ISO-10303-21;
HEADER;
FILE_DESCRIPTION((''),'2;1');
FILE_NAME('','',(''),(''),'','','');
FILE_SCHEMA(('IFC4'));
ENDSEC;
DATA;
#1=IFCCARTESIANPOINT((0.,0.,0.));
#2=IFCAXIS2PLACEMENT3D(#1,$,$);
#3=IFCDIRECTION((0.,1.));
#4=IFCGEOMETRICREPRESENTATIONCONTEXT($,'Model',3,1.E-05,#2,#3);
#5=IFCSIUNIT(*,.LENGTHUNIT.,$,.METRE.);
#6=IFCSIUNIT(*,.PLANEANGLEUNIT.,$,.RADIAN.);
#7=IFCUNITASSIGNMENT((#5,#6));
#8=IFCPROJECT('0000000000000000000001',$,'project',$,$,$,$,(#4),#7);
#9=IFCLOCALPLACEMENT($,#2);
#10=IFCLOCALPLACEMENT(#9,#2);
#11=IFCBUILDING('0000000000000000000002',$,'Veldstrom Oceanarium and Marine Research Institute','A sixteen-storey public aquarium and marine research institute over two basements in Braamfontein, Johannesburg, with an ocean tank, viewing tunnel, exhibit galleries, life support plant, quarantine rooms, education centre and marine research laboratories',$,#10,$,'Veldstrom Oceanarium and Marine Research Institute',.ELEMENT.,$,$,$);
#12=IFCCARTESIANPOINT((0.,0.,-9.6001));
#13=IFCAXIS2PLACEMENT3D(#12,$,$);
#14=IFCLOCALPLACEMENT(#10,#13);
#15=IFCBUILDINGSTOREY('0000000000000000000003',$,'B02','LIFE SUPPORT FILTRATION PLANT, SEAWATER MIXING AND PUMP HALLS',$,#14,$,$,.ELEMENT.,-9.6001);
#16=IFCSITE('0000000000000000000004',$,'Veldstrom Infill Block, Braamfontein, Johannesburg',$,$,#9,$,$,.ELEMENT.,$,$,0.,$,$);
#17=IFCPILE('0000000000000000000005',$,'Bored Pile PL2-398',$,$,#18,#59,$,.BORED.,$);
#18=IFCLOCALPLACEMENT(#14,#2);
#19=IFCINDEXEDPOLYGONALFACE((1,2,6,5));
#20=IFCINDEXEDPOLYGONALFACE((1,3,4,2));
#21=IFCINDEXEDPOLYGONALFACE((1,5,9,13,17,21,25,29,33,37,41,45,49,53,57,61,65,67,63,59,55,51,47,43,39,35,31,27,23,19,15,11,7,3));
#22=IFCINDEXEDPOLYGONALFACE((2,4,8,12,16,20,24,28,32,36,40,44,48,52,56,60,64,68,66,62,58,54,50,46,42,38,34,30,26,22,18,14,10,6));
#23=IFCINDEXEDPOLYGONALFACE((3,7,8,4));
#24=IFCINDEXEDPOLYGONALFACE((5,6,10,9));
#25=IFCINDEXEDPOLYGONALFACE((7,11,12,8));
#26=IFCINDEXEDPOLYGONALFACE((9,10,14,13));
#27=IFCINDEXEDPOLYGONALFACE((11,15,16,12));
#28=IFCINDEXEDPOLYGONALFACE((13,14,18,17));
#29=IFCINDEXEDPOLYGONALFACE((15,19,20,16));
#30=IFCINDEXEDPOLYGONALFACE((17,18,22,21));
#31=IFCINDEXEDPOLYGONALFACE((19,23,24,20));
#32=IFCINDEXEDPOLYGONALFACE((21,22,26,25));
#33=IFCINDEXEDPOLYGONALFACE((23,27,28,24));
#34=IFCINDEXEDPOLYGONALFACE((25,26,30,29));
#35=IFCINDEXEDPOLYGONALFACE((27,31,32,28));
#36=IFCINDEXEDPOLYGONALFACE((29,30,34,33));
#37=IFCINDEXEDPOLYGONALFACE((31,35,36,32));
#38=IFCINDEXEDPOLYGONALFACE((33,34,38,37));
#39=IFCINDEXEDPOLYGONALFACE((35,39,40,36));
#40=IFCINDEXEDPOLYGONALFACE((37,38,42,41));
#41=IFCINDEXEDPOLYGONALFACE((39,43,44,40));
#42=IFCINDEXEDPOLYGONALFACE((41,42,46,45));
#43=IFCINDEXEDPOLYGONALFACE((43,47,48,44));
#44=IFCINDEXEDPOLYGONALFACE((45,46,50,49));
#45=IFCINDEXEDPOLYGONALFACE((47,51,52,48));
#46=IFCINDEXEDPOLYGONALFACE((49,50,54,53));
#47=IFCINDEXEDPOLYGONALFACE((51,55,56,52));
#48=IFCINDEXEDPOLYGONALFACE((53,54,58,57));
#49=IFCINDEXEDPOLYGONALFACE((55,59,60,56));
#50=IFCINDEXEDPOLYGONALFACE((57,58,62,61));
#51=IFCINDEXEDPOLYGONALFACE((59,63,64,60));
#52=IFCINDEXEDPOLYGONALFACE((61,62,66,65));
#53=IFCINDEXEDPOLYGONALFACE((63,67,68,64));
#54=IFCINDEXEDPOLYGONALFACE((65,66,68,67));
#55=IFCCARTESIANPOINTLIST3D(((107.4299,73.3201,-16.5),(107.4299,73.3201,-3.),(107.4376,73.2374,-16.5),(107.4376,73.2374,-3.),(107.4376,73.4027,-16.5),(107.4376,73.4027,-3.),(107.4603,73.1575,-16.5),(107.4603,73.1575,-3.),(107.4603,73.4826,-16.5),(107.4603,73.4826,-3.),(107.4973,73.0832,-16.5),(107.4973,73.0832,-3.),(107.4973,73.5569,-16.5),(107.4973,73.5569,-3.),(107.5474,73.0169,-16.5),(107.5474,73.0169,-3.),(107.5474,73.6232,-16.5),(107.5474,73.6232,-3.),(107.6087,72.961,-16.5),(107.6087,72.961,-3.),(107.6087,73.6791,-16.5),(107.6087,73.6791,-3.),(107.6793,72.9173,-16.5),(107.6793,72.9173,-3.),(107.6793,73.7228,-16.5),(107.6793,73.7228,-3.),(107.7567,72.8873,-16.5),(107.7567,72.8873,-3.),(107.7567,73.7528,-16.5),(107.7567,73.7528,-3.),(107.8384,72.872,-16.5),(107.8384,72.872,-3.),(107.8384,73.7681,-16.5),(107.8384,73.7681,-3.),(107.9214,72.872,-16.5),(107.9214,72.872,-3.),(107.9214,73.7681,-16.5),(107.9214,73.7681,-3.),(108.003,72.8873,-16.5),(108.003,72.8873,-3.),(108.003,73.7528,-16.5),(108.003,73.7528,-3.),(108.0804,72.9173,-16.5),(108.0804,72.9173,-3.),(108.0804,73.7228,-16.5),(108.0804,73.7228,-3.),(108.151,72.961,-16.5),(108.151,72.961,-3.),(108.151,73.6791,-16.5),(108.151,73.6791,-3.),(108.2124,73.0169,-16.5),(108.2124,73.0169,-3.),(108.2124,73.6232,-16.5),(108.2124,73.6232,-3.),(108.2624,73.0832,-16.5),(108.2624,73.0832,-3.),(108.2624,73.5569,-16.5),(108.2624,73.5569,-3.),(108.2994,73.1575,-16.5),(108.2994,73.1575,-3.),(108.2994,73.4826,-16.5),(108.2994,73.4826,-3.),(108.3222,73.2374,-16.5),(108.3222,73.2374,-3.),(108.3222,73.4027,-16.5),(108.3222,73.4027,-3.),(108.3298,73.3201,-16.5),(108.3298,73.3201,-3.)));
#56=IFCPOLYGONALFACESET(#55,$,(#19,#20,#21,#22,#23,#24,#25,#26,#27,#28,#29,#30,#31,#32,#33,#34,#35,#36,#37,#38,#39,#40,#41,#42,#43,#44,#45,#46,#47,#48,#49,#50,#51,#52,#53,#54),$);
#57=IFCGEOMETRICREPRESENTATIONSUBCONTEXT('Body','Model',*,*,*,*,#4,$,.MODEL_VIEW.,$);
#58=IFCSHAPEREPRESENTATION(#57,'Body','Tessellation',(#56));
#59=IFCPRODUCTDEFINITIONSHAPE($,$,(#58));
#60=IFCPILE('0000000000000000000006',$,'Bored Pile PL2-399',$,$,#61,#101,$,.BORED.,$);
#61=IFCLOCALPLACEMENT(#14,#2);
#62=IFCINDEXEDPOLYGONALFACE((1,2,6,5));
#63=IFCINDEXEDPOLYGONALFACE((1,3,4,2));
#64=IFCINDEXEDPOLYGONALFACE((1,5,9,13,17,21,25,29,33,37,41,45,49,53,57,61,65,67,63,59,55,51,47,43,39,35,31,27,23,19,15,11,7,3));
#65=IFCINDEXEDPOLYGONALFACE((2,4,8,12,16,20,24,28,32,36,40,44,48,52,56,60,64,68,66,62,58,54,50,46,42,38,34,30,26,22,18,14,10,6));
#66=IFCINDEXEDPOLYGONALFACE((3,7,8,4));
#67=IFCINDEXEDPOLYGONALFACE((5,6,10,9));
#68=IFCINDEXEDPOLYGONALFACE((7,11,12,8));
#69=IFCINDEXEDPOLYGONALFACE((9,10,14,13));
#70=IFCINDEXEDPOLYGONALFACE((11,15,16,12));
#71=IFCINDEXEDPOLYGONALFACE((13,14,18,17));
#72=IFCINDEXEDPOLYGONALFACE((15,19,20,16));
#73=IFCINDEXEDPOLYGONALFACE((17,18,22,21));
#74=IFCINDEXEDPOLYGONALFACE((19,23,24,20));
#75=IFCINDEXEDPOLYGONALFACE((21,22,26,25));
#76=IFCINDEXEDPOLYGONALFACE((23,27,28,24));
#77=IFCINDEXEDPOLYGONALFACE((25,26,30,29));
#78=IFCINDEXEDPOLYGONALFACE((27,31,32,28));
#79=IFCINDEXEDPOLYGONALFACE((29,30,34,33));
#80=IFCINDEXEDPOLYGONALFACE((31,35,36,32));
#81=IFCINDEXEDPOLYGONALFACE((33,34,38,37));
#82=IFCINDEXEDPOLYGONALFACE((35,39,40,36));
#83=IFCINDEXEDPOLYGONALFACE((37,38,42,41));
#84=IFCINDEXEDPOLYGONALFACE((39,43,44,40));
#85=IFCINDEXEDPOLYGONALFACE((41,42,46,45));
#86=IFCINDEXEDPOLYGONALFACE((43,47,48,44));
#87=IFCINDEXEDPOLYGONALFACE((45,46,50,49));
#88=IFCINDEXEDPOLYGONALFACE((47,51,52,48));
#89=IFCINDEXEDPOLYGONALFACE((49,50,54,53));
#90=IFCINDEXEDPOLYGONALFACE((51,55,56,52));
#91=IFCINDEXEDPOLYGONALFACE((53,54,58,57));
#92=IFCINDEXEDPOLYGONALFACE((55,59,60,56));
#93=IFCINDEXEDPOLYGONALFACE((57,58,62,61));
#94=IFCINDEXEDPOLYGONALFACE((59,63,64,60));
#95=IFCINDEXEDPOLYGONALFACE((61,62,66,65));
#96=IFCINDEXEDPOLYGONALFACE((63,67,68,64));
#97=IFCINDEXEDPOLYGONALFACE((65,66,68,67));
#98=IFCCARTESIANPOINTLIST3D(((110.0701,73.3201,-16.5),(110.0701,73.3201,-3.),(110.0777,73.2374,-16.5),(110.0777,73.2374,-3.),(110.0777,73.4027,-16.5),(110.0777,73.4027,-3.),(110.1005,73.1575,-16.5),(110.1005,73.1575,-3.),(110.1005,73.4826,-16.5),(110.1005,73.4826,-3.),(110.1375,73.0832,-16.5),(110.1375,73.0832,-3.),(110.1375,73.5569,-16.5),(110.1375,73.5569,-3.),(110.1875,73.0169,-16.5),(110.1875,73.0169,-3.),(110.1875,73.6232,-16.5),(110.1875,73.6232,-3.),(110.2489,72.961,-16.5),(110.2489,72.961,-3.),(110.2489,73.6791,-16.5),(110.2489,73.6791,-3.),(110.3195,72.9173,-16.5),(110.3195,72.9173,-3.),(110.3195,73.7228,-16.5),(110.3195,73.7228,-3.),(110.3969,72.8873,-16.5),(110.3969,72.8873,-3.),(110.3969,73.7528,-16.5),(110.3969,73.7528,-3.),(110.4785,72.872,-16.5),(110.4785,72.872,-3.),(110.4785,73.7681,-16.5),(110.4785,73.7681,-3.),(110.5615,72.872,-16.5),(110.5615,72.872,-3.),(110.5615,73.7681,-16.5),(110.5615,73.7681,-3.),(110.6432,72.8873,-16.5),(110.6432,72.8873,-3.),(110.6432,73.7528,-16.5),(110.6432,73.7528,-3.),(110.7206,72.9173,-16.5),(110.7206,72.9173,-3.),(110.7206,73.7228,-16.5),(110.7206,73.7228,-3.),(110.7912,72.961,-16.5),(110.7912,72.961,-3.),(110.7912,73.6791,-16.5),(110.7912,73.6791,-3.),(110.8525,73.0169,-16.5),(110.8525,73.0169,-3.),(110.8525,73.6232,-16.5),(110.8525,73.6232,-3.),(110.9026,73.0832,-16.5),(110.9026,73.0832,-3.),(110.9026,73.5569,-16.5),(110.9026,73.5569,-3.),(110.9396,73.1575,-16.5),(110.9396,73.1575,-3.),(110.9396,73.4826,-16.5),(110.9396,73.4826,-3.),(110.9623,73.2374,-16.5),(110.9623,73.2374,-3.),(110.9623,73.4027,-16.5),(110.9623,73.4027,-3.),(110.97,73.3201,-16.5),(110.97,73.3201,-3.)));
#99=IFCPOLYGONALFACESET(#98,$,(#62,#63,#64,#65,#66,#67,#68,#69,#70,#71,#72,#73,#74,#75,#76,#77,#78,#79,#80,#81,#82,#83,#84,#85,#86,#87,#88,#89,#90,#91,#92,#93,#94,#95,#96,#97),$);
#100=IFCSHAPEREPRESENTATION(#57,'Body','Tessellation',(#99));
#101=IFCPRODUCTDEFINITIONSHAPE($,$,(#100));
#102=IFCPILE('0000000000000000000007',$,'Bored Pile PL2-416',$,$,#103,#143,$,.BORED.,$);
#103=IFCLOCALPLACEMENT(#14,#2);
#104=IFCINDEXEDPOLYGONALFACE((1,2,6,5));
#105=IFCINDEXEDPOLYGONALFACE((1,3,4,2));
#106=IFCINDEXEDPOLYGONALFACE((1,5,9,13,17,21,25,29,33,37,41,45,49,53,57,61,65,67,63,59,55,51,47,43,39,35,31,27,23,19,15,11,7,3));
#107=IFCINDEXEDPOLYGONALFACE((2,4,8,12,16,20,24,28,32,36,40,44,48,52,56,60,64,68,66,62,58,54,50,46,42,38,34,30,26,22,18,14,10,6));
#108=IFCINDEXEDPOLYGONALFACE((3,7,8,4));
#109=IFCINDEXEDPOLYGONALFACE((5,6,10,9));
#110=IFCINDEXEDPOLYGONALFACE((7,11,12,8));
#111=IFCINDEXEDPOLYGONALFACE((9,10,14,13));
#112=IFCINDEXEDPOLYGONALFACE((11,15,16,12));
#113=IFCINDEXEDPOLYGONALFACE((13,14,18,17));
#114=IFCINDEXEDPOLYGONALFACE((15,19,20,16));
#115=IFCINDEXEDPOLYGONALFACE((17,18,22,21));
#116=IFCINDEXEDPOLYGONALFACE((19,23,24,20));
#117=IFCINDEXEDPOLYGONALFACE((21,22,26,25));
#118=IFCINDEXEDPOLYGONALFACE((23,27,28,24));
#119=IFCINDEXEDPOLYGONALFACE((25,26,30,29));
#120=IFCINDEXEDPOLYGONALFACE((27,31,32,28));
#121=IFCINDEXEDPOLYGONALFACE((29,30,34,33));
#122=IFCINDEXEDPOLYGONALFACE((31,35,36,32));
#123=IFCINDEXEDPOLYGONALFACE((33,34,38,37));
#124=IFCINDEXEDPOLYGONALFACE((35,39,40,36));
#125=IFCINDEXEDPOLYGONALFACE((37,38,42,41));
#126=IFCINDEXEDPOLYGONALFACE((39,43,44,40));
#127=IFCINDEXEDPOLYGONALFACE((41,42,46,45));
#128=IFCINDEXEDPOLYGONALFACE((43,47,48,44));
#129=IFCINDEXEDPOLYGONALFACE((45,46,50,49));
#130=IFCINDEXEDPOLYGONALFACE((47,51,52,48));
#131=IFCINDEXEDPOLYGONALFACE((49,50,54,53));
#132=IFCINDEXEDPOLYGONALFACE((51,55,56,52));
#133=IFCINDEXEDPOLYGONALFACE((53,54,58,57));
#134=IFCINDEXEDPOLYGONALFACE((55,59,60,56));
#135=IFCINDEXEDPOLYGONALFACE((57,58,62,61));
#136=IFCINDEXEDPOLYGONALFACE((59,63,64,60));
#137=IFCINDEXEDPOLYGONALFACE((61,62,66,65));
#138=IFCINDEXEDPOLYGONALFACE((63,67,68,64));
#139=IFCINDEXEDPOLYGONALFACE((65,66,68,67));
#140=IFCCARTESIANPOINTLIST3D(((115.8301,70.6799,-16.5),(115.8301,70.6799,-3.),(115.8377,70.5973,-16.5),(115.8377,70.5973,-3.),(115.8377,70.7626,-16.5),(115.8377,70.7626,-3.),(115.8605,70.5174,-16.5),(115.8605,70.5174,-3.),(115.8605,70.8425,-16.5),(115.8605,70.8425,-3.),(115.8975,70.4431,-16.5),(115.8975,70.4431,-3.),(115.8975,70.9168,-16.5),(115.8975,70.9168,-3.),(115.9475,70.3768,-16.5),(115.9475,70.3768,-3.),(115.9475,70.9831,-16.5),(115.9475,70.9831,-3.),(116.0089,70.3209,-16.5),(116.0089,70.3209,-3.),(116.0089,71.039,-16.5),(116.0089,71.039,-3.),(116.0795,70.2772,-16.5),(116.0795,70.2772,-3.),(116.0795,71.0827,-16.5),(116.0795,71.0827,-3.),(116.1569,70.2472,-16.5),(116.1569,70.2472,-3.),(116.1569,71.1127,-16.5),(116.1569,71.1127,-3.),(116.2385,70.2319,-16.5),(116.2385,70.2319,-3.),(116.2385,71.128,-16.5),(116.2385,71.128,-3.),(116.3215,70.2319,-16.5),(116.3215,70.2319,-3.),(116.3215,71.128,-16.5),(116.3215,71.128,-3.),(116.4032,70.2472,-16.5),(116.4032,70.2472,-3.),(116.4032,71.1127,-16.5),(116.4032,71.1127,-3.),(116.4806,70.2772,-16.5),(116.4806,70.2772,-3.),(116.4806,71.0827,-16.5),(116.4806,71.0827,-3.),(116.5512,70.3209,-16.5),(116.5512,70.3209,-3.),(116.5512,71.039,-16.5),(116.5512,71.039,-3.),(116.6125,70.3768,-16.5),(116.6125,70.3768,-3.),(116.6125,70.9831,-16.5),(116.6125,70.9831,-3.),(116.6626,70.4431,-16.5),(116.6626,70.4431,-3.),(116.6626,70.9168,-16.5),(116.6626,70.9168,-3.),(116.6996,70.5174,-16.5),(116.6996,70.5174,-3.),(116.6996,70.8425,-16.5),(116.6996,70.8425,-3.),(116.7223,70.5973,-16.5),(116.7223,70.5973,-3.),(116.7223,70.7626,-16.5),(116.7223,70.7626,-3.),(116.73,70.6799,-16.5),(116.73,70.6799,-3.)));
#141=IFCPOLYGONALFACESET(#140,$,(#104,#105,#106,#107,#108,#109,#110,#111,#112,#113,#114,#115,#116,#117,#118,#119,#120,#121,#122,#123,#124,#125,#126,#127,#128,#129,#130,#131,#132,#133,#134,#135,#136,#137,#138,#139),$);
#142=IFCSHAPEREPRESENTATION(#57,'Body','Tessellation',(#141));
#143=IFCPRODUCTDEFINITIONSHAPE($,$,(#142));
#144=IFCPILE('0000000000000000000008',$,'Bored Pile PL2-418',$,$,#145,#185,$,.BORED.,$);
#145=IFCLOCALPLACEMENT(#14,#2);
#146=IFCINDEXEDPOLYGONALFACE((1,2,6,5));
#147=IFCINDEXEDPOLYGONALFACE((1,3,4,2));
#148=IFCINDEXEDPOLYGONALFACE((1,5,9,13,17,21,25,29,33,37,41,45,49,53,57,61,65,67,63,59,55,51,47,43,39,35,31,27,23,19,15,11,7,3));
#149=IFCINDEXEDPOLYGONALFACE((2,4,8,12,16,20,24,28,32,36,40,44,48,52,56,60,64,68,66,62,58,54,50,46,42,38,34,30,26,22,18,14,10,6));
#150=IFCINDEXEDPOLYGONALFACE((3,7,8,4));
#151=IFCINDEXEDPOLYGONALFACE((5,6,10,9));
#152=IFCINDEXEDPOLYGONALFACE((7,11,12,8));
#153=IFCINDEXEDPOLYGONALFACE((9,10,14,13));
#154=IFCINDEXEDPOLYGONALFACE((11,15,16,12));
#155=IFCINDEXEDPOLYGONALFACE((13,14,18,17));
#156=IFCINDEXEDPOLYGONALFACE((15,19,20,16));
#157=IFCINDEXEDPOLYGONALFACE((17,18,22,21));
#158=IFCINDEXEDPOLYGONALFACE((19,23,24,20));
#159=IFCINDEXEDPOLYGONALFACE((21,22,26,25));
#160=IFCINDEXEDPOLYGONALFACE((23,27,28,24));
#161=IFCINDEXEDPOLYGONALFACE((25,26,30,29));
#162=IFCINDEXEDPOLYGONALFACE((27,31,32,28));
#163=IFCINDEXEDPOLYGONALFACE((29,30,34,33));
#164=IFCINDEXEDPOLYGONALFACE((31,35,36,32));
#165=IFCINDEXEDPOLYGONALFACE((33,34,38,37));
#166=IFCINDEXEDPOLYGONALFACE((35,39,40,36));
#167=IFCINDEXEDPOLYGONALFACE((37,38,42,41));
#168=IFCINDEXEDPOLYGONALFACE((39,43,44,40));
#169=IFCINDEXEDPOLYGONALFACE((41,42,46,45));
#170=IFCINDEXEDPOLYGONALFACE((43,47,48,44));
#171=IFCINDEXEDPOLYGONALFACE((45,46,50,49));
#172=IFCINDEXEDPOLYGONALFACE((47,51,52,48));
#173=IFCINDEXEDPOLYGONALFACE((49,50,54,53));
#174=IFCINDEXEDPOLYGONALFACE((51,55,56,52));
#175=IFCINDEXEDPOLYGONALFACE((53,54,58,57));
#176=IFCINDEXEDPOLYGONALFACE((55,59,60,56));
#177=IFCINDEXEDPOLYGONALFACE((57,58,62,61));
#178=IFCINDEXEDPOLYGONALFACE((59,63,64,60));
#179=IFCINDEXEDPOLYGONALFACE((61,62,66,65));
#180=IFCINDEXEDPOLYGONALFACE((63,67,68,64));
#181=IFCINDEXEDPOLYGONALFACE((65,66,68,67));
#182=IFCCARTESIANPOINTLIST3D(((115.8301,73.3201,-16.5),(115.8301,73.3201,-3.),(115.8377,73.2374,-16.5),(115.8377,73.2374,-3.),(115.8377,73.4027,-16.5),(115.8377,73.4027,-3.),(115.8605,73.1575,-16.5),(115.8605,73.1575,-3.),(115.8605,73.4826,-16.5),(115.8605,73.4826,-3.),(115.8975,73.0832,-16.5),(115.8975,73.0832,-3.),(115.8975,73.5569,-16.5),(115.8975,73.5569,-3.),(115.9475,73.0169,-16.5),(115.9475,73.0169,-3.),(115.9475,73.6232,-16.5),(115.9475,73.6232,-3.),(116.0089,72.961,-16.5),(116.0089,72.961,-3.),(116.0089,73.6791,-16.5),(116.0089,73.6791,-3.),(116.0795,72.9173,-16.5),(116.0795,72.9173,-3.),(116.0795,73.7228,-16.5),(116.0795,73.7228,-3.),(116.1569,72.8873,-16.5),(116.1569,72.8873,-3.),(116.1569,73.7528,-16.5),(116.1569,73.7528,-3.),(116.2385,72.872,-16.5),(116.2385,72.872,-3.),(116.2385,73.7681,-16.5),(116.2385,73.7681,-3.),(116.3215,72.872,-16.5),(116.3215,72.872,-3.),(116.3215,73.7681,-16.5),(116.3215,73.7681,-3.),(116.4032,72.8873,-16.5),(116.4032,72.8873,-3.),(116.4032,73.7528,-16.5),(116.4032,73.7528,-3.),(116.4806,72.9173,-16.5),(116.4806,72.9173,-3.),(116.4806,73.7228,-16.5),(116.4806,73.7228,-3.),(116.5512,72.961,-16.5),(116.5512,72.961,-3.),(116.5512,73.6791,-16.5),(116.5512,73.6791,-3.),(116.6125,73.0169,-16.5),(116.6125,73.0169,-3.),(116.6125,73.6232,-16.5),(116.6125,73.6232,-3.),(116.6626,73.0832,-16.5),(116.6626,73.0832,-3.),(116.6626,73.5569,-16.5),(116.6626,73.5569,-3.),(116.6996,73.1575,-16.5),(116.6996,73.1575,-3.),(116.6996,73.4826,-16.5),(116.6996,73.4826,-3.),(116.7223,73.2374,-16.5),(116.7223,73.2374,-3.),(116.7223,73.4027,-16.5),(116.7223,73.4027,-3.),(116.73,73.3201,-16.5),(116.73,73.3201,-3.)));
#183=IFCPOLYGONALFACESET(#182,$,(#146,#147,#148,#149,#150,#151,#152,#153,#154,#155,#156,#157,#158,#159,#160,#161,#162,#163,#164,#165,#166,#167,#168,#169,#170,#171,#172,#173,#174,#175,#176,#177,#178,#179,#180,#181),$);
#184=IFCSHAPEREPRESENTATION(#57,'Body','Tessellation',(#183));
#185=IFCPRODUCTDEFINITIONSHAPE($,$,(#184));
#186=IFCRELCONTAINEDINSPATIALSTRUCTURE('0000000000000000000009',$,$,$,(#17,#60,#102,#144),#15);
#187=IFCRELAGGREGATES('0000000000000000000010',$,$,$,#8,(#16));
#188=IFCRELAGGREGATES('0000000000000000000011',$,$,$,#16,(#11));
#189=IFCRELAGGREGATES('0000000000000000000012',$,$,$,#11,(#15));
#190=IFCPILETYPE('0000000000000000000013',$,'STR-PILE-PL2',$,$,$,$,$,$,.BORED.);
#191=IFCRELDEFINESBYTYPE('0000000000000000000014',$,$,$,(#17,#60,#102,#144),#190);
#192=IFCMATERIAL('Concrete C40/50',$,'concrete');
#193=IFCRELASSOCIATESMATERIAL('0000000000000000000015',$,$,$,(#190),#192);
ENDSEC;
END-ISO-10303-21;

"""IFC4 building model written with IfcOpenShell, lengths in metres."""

from ifc_helpers import new_model, si_unit, direction, frame, origin, origin_2d, place, context, subcontext, project, spatial, circle, extrude, material, material_profile, profile_set, type_object, element, save


model = new_model("IFC4")

# Units and contexts
model_context = context("Model", 3, precision=1e-05, world=origin(), true_north=direction((0.0, 1.0)))
body_context = subcontext(model_context, "Body", "Model", "MODEL_VIEW")
ifc_project = project(units=[si_unit("LENGTHUNIT", "METRE"), si_unit("PLANEANGLEUNIT", "RADIAN")], contexts=[model_context])

# Site, building, storey
site_placement = place(None, origin())
site = spatial("IfcSite", under=ifc_project, at=site_placement, Name="Veldstrom Infill Block, Braamfontein, Johannesburg", CompositionType="ELEMENT", RefElevation=0.0)
building_placement = place(site_placement, origin())
building = spatial("IfcBuilding", under=site, at=building_placement, Name="Veldstrom Oceanarium and Marine Research Institute", Description="A sixteen-storey public aquarium and marine research institute over two basements in Braamfontein, Johannesburg, with an ocean tank, viewing tunnel, exhibit galleries, life support plant, quarantine rooms, education centre and marine research laboratories", LongName="Veldstrom Oceanarium and Marine Research Institute", CompositionType="ELEMENT")
storey_placement = place(building_placement, frame((0.0, 0.0, -9.6001)))
storey = spatial("IfcBuildingStorey", under=building, at=storey_placement, Name="B02", Description="LIFE SUPPORT FILTRATION PLANT, SEAWATER MIXING AND PUMP HALLS", CompositionType="ELEMENT", Elevation=-9.6001)

# Piles
ifc_material_1 = material(Name="Concrete C40/50", Category="concrete")
ifc_material_profile_1 = material_profile(ifc_material_1, circle(Radius=0.45, at=origin_2d()), Name="PILE-D900")
ifc_profile_set_1 = profile_set([ifc_material_profile_1], Name="Concrete C40/50")
pile_type_1 = type_object("IfcPileType", Name="STR-PILE-PL2", PredefinedType="BORED", material=ifc_profile_set_1)
for number, where, z_axis, x_axis, name in (
    (1, (107.8799, 73.3201, -3.0), (0.0, 0.0, -1.0), (1.0, 0.0, 0.0), "Bored Pile PL2-398"),
    (2, (110.52, 73.3201, -3.0), (0.0, 0.0, -1.0), (1.0, 0.0, 0.0), "Bored Pile PL2-399"),
    (3, (116.28, 70.6799, -3.0), (0.0, 0.0, -1.0), (1.0, 0.0, 0.0), "Bored Pile PL2-416"),
    (4, (116.28, 73.3201, -3.0), (0.0, 0.0, -1.0), (1.0, 0.0, 0.0), "Bored Pile PL2-418"),
):
    element("IfcPile", number, at=place(storey_placement, frame(where, z_axis=z_axis, x_axis=x_axis)), inside=storey, type_object=pile_type_1, Name=name, PredefinedType="BORED", context=body_context, shape_type="SweptSolid", body=[
        extrude(circle(Radius=0.45, at=origin_2d()), origin(), (0.0, 0.0, 1.0), 13.5),
    ])

save(model, "model.ifc")
